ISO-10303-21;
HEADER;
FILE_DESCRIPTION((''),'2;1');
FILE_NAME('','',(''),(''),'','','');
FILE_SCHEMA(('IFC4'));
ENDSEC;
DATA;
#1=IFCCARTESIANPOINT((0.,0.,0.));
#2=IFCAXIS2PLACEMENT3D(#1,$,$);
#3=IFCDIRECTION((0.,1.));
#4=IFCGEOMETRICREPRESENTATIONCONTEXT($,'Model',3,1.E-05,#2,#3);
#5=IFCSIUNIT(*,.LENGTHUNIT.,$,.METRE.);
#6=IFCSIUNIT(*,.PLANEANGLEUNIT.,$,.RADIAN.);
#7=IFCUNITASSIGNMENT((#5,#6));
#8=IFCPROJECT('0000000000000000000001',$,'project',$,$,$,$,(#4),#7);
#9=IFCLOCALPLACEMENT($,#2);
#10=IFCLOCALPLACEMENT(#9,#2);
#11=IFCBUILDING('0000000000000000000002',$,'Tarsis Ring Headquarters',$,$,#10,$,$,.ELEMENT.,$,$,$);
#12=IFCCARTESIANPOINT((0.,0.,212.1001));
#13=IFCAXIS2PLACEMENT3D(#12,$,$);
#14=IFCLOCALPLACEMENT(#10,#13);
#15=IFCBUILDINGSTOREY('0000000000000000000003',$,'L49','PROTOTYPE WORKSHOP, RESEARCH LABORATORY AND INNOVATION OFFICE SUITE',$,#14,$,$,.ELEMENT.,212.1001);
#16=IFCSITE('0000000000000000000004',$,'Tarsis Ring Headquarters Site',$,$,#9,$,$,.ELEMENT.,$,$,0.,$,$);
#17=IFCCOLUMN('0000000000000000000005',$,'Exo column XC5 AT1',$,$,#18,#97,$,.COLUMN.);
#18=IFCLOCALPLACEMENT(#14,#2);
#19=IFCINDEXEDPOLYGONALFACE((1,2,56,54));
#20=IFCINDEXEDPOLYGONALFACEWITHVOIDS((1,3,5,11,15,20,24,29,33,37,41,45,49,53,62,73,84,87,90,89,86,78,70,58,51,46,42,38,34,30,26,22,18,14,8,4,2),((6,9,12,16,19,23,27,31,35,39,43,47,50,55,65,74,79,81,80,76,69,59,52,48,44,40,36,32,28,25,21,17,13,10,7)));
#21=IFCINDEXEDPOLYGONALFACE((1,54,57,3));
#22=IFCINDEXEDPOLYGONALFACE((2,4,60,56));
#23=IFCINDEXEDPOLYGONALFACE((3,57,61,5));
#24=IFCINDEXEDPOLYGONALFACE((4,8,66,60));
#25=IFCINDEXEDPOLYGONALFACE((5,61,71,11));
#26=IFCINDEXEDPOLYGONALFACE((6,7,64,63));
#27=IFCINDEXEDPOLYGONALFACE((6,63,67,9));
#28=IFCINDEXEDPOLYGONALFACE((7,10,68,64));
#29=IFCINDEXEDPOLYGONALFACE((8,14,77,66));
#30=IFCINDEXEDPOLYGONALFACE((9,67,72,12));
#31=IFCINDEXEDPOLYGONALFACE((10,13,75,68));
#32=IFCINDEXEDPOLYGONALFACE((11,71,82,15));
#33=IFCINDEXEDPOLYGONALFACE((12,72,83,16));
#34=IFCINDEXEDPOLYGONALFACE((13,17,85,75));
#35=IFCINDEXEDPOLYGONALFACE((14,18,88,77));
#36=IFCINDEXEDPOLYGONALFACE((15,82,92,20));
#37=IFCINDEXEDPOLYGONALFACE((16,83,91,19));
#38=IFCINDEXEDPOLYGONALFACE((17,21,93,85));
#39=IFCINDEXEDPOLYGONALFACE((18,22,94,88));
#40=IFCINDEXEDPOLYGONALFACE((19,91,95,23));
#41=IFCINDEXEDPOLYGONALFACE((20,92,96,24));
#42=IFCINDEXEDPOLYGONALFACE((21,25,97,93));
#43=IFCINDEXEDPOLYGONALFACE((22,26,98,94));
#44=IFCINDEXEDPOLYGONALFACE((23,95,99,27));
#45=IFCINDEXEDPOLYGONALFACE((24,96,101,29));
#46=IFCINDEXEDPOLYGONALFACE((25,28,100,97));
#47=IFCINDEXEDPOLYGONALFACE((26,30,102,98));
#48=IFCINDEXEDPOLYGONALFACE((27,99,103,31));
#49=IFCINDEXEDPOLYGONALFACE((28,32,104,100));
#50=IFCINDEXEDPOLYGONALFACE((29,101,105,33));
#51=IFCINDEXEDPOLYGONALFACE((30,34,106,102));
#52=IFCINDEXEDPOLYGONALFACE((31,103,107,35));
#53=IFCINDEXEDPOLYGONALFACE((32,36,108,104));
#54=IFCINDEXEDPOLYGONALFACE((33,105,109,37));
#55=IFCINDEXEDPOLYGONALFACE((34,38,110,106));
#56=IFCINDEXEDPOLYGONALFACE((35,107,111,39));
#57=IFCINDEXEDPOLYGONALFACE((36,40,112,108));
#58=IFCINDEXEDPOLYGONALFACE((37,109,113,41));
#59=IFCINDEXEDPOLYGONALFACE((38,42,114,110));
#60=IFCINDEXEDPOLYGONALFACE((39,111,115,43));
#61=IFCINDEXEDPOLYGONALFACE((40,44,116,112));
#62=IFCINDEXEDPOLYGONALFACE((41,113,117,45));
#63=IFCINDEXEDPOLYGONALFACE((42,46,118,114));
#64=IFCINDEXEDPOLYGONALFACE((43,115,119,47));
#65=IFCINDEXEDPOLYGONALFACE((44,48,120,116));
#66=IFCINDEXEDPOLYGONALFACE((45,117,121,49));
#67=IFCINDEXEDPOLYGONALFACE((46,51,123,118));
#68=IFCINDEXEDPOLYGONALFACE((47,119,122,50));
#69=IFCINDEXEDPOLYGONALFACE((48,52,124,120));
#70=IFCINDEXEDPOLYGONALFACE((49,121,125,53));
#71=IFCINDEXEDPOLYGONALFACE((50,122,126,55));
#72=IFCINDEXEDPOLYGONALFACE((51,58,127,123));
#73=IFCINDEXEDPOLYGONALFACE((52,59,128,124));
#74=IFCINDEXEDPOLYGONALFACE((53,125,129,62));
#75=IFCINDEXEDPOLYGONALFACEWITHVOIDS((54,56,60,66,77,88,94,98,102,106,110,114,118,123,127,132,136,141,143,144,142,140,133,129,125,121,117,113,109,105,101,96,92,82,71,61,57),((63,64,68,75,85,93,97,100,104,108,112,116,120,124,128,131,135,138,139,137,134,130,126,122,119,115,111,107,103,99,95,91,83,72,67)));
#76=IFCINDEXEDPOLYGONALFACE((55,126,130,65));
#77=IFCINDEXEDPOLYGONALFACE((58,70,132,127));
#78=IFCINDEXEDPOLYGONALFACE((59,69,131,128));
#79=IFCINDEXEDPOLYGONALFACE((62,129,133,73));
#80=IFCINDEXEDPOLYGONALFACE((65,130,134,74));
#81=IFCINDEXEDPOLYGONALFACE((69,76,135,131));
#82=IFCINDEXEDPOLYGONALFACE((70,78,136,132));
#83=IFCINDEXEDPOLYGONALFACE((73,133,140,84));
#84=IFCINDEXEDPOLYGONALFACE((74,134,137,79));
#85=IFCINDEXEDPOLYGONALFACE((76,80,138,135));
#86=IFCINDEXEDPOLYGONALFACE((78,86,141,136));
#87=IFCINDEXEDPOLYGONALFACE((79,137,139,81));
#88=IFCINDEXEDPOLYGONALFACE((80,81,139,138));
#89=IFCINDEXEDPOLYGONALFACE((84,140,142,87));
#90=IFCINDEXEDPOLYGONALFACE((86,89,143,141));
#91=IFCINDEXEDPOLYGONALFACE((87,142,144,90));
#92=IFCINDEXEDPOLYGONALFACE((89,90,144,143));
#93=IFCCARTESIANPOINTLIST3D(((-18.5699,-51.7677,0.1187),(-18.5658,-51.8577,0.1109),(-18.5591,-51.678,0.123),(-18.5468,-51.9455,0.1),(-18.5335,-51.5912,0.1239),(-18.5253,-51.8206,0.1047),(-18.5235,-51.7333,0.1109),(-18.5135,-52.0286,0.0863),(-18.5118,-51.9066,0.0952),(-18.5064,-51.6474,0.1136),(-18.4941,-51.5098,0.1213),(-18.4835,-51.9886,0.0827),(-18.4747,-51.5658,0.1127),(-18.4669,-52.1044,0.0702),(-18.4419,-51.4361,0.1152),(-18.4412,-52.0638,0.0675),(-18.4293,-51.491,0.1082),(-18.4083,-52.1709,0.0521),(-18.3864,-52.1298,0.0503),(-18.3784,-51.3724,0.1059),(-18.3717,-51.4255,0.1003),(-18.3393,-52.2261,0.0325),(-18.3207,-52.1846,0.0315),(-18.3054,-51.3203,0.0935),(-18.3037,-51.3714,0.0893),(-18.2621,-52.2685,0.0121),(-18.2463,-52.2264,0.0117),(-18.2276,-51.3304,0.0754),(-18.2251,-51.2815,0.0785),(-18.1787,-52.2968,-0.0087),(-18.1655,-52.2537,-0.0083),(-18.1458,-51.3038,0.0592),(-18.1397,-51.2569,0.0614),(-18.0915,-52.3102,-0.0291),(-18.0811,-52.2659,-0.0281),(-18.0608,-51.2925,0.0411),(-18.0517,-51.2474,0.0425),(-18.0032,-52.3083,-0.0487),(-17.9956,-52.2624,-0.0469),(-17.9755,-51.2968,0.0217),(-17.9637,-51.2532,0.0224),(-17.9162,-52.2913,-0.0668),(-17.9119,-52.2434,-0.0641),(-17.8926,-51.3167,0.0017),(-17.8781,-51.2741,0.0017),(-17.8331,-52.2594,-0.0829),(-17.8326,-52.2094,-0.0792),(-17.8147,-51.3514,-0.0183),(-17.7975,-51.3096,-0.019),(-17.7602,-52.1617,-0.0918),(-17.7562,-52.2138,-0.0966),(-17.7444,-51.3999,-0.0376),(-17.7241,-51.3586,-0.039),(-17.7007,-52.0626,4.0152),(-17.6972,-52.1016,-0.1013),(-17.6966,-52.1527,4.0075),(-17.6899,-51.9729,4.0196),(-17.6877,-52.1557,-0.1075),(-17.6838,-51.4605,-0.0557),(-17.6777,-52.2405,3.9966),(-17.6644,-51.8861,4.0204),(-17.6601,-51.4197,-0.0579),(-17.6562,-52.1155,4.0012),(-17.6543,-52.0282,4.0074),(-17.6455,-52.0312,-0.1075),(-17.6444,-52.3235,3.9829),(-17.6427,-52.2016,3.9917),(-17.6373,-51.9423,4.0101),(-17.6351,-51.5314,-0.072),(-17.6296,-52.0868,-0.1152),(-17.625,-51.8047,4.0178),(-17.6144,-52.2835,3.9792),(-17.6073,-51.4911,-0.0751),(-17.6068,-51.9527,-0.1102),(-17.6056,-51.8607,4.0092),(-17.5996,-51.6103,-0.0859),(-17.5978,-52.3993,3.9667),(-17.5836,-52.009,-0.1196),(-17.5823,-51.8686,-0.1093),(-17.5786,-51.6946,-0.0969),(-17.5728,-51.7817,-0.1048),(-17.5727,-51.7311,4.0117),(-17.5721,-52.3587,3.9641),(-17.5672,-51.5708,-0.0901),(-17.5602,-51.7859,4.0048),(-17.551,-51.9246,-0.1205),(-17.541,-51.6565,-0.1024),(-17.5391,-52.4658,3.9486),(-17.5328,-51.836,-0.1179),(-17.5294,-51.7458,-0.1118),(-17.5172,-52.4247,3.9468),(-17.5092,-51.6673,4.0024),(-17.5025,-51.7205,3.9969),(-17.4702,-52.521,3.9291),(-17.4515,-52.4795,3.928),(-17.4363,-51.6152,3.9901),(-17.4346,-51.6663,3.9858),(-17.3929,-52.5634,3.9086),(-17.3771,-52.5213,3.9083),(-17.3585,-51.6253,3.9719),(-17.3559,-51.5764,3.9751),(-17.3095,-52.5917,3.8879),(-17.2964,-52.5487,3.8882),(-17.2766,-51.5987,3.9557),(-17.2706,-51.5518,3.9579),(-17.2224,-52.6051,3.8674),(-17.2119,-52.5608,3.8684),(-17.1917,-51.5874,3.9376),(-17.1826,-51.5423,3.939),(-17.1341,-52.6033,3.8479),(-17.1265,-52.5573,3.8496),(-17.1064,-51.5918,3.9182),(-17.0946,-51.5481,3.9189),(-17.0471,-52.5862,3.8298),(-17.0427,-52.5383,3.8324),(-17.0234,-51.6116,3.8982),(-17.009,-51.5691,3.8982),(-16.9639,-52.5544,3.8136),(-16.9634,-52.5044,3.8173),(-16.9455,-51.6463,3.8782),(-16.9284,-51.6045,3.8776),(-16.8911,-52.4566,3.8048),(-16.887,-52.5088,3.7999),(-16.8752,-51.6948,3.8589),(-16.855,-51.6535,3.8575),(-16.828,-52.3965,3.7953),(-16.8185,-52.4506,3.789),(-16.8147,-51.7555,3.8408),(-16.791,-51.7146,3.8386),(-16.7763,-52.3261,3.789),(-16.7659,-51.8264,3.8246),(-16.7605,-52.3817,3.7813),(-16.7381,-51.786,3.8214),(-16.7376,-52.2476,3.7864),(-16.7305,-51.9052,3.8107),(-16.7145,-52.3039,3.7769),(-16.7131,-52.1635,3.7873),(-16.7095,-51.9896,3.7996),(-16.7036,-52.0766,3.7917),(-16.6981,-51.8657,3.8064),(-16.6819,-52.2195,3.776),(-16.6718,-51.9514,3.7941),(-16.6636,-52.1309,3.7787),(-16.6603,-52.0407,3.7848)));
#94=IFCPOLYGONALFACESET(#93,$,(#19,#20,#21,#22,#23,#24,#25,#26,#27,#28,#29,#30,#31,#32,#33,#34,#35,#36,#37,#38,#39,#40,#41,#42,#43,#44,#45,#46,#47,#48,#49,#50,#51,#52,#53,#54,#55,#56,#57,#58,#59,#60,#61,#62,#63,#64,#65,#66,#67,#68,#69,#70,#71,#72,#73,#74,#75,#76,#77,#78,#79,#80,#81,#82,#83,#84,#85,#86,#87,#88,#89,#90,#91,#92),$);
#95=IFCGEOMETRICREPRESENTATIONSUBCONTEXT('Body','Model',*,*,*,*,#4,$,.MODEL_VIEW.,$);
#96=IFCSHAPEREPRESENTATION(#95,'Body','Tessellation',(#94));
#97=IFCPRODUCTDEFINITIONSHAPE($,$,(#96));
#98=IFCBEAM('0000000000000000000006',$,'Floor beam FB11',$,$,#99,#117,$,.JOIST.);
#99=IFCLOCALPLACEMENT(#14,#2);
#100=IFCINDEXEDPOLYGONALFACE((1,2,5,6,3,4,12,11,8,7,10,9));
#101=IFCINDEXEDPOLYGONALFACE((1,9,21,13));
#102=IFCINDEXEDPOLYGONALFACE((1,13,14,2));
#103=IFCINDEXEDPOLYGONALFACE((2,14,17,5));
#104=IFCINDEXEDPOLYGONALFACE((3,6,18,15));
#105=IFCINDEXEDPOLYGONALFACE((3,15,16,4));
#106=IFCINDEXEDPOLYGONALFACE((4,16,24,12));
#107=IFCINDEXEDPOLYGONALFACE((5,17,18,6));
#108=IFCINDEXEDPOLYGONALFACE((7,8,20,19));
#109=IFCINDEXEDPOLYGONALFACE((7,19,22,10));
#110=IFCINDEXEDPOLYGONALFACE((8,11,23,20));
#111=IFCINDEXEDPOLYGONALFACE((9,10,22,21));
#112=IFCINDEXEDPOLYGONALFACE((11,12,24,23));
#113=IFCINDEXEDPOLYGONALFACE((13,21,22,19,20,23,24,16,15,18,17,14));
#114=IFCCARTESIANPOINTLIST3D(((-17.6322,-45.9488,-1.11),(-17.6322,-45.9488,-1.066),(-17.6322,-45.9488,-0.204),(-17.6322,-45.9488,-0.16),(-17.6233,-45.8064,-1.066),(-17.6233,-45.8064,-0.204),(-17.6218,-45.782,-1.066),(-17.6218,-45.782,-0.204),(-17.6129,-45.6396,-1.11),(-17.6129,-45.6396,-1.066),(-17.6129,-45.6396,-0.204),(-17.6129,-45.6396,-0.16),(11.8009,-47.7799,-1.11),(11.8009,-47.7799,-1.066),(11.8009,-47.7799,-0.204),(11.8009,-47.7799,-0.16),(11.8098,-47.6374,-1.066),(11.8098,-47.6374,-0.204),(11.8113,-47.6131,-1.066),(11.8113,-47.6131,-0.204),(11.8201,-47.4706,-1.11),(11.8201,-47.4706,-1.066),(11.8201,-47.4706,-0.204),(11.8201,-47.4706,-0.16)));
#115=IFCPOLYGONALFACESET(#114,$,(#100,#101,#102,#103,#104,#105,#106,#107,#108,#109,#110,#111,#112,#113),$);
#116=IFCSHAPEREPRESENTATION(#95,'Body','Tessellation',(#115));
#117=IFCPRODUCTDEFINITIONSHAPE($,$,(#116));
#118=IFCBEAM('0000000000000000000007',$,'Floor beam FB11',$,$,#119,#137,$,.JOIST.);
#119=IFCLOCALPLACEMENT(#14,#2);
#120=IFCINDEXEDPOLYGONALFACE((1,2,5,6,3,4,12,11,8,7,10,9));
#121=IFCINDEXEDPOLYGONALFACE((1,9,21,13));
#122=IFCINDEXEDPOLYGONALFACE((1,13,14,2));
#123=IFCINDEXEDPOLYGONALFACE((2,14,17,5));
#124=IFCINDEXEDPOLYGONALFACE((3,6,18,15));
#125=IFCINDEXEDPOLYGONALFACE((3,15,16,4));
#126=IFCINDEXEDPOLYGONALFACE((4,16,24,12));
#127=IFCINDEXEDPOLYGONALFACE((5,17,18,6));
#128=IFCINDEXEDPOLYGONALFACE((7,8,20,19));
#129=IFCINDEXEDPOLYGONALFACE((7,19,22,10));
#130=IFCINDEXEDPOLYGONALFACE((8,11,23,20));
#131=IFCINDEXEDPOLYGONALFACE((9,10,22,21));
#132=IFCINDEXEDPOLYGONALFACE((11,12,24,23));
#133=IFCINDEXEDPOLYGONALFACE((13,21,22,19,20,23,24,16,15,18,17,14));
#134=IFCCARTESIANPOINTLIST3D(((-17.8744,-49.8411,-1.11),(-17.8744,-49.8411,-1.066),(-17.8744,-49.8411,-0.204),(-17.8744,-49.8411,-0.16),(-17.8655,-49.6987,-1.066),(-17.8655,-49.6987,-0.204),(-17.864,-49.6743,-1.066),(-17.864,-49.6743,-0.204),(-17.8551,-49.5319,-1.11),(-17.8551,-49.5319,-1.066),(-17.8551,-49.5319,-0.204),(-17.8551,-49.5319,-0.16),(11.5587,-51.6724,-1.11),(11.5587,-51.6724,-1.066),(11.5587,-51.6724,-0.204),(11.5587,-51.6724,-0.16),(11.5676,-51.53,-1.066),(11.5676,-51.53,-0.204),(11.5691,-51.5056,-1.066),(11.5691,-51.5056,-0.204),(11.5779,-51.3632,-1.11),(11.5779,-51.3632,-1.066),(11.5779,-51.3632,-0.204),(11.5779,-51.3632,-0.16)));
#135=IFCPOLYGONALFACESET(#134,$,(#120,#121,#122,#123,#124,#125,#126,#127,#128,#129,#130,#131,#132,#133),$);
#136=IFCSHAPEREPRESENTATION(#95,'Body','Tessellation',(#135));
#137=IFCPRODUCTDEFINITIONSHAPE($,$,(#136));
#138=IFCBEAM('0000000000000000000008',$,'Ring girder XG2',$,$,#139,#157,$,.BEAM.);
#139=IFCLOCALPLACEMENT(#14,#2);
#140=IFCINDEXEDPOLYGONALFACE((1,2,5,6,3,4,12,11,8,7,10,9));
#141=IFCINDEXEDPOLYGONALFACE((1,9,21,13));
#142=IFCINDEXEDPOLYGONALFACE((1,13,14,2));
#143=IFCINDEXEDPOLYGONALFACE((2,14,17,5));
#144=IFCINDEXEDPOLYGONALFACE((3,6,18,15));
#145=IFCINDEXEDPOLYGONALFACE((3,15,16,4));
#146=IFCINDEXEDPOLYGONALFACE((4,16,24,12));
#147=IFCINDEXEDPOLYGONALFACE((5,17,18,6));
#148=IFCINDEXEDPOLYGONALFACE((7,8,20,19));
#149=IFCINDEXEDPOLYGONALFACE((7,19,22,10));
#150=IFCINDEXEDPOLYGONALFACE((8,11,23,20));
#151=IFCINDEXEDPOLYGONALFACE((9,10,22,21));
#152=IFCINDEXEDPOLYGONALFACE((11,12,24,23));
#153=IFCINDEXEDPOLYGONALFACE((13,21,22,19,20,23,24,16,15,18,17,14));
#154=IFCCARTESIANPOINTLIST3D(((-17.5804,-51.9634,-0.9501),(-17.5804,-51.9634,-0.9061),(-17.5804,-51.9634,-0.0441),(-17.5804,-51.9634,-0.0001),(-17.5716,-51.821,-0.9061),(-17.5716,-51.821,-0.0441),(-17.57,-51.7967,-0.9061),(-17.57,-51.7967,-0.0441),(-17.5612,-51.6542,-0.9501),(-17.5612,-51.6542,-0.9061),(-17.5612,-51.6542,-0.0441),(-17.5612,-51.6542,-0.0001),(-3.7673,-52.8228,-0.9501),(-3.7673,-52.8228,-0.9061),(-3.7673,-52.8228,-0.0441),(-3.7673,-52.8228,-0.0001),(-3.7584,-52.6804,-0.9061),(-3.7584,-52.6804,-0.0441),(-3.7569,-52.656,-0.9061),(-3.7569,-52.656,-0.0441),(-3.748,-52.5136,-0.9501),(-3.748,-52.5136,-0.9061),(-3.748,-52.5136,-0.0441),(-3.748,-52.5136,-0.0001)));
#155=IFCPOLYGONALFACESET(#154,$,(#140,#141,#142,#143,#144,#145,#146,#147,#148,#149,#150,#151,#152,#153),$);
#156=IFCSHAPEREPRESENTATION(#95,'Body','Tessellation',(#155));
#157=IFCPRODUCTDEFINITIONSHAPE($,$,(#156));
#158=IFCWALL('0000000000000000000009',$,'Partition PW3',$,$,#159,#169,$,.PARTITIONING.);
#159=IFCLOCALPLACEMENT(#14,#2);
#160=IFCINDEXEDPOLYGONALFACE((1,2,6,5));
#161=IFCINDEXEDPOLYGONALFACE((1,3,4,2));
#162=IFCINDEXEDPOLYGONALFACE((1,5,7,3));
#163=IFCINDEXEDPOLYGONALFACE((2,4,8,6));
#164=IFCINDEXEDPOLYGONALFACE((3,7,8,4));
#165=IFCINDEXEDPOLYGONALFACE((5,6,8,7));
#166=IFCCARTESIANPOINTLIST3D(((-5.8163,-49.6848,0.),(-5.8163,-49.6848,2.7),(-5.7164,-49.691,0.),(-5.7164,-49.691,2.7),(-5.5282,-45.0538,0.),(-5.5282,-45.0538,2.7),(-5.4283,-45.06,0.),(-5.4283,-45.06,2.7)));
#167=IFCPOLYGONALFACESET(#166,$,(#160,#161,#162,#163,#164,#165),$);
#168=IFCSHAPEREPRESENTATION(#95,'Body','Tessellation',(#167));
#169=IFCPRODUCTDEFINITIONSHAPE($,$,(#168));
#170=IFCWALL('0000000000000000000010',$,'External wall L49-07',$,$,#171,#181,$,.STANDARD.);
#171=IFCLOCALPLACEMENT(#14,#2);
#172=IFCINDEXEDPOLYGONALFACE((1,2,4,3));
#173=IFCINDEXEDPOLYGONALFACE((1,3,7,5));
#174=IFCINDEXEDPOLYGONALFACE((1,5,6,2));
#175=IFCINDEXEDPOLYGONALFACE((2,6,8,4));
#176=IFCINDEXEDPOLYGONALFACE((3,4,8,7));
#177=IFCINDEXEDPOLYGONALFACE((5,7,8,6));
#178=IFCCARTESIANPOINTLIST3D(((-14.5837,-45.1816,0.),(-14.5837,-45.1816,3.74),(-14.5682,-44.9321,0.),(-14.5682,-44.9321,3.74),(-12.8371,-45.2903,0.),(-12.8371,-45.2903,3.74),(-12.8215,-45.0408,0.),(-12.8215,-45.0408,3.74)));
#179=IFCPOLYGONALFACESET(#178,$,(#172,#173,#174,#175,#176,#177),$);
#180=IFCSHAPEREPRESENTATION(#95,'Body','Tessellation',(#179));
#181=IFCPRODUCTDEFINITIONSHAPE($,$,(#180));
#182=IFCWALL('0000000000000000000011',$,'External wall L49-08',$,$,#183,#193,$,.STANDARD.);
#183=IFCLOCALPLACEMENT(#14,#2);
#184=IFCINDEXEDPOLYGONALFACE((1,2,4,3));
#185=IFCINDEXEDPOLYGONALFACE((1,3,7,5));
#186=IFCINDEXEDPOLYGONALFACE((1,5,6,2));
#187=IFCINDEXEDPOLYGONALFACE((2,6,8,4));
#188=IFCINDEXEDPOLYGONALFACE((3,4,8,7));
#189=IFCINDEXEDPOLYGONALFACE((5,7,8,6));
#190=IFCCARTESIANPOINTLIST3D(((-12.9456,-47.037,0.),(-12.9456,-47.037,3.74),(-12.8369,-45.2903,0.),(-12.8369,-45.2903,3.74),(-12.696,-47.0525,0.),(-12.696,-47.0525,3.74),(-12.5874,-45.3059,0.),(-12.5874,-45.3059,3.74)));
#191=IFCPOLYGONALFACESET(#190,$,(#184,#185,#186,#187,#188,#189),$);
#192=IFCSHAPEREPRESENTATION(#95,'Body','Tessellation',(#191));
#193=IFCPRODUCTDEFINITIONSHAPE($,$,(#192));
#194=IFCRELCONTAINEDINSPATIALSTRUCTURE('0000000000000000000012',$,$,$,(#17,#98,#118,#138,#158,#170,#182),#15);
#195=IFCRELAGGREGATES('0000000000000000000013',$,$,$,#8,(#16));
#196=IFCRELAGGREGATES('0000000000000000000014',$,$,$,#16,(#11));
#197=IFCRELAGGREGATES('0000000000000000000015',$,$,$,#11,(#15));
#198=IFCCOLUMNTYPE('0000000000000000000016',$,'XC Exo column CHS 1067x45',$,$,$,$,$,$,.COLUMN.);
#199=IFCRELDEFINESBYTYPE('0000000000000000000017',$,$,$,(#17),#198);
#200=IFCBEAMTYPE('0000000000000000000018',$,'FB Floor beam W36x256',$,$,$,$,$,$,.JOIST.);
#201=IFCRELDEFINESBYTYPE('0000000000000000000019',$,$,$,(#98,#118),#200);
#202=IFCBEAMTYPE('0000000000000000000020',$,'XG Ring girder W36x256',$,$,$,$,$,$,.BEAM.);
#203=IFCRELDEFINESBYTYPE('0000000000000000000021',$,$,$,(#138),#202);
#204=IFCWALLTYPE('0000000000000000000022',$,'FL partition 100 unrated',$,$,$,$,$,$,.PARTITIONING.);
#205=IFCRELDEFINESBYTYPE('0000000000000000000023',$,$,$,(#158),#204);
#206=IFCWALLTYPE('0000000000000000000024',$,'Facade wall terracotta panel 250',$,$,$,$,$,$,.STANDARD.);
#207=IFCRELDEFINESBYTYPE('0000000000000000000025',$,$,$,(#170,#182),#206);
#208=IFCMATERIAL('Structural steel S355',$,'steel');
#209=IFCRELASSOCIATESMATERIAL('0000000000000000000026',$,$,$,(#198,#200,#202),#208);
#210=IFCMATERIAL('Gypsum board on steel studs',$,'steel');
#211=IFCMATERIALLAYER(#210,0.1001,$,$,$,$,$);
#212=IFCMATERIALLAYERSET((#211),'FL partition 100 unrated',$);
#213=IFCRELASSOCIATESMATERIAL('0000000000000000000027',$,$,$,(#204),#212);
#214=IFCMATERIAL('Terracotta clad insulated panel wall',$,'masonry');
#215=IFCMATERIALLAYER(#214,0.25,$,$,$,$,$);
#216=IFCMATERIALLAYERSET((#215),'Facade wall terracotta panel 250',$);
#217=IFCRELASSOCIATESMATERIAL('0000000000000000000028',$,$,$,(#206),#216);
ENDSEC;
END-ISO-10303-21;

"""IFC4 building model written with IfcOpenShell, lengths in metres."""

from ifc_helpers import new_model, si_unit, direction, frame, frame_2d, origin, origin_2d, place, context, subcontext, project, spatial, rectangle, hollow_circle, i_section, extrude, material, layer, layer_set, material_profile, profile_set, type_object, element, save


model = new_model("IFC4")

# Units and contexts
model_context = context("Model", 3, precision=1e-05, world=origin(), true_north=direction((0.0, 1.0)))
body_context = subcontext(model_context, "Body", "Model", "MODEL_VIEW")
ifc_project = project(units=[si_unit("LENGTHUNIT", "METRE"), si_unit("PLANEANGLEUNIT", "RADIAN")], contexts=[model_context])

# Site, building, storey
site_placement = place(None, origin())
site = spatial("IfcSite", under=ifc_project, at=site_placement, Name="Tarsis Ring Headquarters Site", CompositionType="ELEMENT", RefElevation=0.0)
building_placement = place(site_placement, origin())
building = spatial("IfcBuilding", under=site, at=building_placement, Name="Tarsis Ring Headquarters", CompositionType="ELEMENT")
storey_placement = place(building_placement, frame((0.0, 0.0, 212.1001)))
storey = spatial("IfcBuildingStorey", under=building, at=storey_placement, Name="L49", Description="PROTOTYPE WORKSHOP, RESEARCH LABORATORY AND INNOVATION OFFICE SUITE", CompositionType="ELEMENT", Elevation=212.1001)

# Column
ifc_material_1 = material(Name="Structural steel S355", Category="steel")
ifc_material_profile_1 = material_profile(ifc_material_1, hollow_circle(Radius=0.5334, WallThickness=0.0449, at=origin_2d()), Name="CHS 1067x45")
ifc_profile_set_1 = profile_set([ifc_material_profile_1], Name="Structural steel S355")
column_type = type_object("IfcColumnType", Name="XC Exo column CHS 1067x45", PredefinedType="COLUMN", material=ifc_profile_set_1)
column_placement = place(storey_placement, frame((-18.0496, -51.7793, 0.0017), z_axis=(0.217116, -0.073673, 0.973362), x_axis=(0.32133, 0.946967, 0.0)))
element("IfcColumn", 1, at=column_placement, inside=storey, type_object=column_type, Name="Exo column XC5 AT1", PredefinedType="COLUMN", context=body_context, shape_type="SweptSolid", body=[
    extrude(hollow_circle(Radius=0.5334, WallThickness=0.0449, at=origin_2d()), origin(), (0.0, 0.0, 1.0), 4.0032),
])

# Beams
ifc_material_profile_2 = material_profile(ifc_material_1, i_section(OverallWidth=0.3098, OverallDepth=0.95, WebThickness=0.0244, FlangeThickness=0.0439, at=origin_2d()), Name="W36x256")
ifc_profile_set_2 = profile_set([ifc_material_profile_2], Name="Structural steel S355")
beam_type_1 = type_object("IfcBeamType", Name="FB Floor beam W36x256", PredefinedType="JOIST", material=ifc_profile_set_2)
for number, where, z_axis, x_axis, name in (
    (2, (-17.6226, -45.7942, -0.635), (0.998071, -0.062091, 0.0), (0.062091, 0.998071, 0.0), "Floor beam FB11"),
    (3, (-17.8647, -49.6865, -0.635), (0.99807, -0.062099, 0.0), (0.062099, 0.99807, 0.0), "Floor beam FB11"),
):
    element("IfcBeam", number, at=place(storey_placement, frame(where, z_axis=z_axis, x_axis=x_axis)), inside=storey, type_object=beam_type_1, Name=name, PredefinedType="JOIST", context=body_context, shape_type="SweptSolid", body=[
        extrude(i_section(OverallWidth=0.3098, OverallDepth=0.95, WebThickness=0.0244, FlangeThickness=0.0439, at=origin_2d()), origin(), (0.0, 0.0, 1.0), 29.49),
    ])
beam_type_2 = type_object("IfcBeamType", Name="XG Ring girder W36x256", PredefinedType="BEAM", material=ifc_profile_set_2)
beam_placement = place(storey_placement, frame((-17.5708, -51.8088, -0.4751), z_axis=(0.99807, -0.062094, 0.0), x_axis=(0.062094, 0.99807, 0.0)))
element("IfcBeam", 4, at=beam_placement, inside=storey, type_object=beam_type_2, Name="Ring girder XG2", PredefinedType="BEAM", context=body_context, shape_type="SweptSolid", body=[
    extrude(i_section(OverallWidth=0.3098, OverallDepth=0.95, WebThickness=0.0244, FlangeThickness=0.0439, at=origin_2d()), origin(), (0.0, 0.0, 1.0), 13.8398),
])

# Walls
ifc_material_2 = material(Name="Gypsum board on steel studs", Category="steel")
ifc_layer_1 = layer(ifc_material_2, 0.1001)
ifc_layer_set_1 = layer_set([ifc_layer_1], Name="FL partition 100 unrated")
wall_type_1 = type_object("IfcWallType", Name="FL partition 100 unrated", PredefinedType="PARTITIONING", material=ifc_layer_set_1)
wall_1_placement = place(storey_placement, frame((-5.7664, -49.6877, 0.0), z_axis=(0.0, 0.0, 1.0), x_axis=(0.06209, 0.998071, 0.0)))
element("IfcWall", 5, at=wall_1_placement, inside=storey, type_object=wall_type_1, Name="Partition PW3", PredefinedType="PARTITIONING", context=body_context, shape_type="SweptSolid", body=[
    extrude(rectangle(XDim=4.6399, YDim=0.1001, at=frame_2d((2.3198, 0.0))), origin(), (0.0, 0.0, 1.0), 2.7),
])
ifc_material_3 = material(Name="Terracotta clad insulated panel wall", Category="masonry")
ifc_layer_2 = layer(ifc_material_3, 0.25)
ifc_layer_set_2 = layer_set([ifc_layer_2], Name="Facade wall terracotta panel 250")
wall_type_2 = type_object("IfcWallType", Name="Facade wall terracotta panel 250", PredefinedType="STANDARD", material=ifc_layer_set_2)
for number, where, z_axis, x_axis, name in (
    (6, (-14.5759, -45.0569, 0.0), (0.0, 0.0, 1.0), (0.998071, -0.062083, 0.0), "External wall L49-07"),
    (7, (-12.7122, -45.2981, 0.0), (0.0, 0.0, 1.0), (-0.062083, -0.998071, 0.0), "External wall L49-08"),
):
    element("IfcWall", number, at=place(storey_placement, frame(where, z_axis=z_axis, x_axis=x_axis)), inside=storey, type_object=wall_type_2, Name=name, PredefinedType="STANDARD", context=body_context, shape_type="SweptSolid", body=[
        extrude(rectangle(XDim=1.75, YDim=0.25, at=frame_2d((0.875, 0.0))), origin(), (0.0, 0.0, 1.0), 3.74),
    ])

save(model, "model.ifc")
